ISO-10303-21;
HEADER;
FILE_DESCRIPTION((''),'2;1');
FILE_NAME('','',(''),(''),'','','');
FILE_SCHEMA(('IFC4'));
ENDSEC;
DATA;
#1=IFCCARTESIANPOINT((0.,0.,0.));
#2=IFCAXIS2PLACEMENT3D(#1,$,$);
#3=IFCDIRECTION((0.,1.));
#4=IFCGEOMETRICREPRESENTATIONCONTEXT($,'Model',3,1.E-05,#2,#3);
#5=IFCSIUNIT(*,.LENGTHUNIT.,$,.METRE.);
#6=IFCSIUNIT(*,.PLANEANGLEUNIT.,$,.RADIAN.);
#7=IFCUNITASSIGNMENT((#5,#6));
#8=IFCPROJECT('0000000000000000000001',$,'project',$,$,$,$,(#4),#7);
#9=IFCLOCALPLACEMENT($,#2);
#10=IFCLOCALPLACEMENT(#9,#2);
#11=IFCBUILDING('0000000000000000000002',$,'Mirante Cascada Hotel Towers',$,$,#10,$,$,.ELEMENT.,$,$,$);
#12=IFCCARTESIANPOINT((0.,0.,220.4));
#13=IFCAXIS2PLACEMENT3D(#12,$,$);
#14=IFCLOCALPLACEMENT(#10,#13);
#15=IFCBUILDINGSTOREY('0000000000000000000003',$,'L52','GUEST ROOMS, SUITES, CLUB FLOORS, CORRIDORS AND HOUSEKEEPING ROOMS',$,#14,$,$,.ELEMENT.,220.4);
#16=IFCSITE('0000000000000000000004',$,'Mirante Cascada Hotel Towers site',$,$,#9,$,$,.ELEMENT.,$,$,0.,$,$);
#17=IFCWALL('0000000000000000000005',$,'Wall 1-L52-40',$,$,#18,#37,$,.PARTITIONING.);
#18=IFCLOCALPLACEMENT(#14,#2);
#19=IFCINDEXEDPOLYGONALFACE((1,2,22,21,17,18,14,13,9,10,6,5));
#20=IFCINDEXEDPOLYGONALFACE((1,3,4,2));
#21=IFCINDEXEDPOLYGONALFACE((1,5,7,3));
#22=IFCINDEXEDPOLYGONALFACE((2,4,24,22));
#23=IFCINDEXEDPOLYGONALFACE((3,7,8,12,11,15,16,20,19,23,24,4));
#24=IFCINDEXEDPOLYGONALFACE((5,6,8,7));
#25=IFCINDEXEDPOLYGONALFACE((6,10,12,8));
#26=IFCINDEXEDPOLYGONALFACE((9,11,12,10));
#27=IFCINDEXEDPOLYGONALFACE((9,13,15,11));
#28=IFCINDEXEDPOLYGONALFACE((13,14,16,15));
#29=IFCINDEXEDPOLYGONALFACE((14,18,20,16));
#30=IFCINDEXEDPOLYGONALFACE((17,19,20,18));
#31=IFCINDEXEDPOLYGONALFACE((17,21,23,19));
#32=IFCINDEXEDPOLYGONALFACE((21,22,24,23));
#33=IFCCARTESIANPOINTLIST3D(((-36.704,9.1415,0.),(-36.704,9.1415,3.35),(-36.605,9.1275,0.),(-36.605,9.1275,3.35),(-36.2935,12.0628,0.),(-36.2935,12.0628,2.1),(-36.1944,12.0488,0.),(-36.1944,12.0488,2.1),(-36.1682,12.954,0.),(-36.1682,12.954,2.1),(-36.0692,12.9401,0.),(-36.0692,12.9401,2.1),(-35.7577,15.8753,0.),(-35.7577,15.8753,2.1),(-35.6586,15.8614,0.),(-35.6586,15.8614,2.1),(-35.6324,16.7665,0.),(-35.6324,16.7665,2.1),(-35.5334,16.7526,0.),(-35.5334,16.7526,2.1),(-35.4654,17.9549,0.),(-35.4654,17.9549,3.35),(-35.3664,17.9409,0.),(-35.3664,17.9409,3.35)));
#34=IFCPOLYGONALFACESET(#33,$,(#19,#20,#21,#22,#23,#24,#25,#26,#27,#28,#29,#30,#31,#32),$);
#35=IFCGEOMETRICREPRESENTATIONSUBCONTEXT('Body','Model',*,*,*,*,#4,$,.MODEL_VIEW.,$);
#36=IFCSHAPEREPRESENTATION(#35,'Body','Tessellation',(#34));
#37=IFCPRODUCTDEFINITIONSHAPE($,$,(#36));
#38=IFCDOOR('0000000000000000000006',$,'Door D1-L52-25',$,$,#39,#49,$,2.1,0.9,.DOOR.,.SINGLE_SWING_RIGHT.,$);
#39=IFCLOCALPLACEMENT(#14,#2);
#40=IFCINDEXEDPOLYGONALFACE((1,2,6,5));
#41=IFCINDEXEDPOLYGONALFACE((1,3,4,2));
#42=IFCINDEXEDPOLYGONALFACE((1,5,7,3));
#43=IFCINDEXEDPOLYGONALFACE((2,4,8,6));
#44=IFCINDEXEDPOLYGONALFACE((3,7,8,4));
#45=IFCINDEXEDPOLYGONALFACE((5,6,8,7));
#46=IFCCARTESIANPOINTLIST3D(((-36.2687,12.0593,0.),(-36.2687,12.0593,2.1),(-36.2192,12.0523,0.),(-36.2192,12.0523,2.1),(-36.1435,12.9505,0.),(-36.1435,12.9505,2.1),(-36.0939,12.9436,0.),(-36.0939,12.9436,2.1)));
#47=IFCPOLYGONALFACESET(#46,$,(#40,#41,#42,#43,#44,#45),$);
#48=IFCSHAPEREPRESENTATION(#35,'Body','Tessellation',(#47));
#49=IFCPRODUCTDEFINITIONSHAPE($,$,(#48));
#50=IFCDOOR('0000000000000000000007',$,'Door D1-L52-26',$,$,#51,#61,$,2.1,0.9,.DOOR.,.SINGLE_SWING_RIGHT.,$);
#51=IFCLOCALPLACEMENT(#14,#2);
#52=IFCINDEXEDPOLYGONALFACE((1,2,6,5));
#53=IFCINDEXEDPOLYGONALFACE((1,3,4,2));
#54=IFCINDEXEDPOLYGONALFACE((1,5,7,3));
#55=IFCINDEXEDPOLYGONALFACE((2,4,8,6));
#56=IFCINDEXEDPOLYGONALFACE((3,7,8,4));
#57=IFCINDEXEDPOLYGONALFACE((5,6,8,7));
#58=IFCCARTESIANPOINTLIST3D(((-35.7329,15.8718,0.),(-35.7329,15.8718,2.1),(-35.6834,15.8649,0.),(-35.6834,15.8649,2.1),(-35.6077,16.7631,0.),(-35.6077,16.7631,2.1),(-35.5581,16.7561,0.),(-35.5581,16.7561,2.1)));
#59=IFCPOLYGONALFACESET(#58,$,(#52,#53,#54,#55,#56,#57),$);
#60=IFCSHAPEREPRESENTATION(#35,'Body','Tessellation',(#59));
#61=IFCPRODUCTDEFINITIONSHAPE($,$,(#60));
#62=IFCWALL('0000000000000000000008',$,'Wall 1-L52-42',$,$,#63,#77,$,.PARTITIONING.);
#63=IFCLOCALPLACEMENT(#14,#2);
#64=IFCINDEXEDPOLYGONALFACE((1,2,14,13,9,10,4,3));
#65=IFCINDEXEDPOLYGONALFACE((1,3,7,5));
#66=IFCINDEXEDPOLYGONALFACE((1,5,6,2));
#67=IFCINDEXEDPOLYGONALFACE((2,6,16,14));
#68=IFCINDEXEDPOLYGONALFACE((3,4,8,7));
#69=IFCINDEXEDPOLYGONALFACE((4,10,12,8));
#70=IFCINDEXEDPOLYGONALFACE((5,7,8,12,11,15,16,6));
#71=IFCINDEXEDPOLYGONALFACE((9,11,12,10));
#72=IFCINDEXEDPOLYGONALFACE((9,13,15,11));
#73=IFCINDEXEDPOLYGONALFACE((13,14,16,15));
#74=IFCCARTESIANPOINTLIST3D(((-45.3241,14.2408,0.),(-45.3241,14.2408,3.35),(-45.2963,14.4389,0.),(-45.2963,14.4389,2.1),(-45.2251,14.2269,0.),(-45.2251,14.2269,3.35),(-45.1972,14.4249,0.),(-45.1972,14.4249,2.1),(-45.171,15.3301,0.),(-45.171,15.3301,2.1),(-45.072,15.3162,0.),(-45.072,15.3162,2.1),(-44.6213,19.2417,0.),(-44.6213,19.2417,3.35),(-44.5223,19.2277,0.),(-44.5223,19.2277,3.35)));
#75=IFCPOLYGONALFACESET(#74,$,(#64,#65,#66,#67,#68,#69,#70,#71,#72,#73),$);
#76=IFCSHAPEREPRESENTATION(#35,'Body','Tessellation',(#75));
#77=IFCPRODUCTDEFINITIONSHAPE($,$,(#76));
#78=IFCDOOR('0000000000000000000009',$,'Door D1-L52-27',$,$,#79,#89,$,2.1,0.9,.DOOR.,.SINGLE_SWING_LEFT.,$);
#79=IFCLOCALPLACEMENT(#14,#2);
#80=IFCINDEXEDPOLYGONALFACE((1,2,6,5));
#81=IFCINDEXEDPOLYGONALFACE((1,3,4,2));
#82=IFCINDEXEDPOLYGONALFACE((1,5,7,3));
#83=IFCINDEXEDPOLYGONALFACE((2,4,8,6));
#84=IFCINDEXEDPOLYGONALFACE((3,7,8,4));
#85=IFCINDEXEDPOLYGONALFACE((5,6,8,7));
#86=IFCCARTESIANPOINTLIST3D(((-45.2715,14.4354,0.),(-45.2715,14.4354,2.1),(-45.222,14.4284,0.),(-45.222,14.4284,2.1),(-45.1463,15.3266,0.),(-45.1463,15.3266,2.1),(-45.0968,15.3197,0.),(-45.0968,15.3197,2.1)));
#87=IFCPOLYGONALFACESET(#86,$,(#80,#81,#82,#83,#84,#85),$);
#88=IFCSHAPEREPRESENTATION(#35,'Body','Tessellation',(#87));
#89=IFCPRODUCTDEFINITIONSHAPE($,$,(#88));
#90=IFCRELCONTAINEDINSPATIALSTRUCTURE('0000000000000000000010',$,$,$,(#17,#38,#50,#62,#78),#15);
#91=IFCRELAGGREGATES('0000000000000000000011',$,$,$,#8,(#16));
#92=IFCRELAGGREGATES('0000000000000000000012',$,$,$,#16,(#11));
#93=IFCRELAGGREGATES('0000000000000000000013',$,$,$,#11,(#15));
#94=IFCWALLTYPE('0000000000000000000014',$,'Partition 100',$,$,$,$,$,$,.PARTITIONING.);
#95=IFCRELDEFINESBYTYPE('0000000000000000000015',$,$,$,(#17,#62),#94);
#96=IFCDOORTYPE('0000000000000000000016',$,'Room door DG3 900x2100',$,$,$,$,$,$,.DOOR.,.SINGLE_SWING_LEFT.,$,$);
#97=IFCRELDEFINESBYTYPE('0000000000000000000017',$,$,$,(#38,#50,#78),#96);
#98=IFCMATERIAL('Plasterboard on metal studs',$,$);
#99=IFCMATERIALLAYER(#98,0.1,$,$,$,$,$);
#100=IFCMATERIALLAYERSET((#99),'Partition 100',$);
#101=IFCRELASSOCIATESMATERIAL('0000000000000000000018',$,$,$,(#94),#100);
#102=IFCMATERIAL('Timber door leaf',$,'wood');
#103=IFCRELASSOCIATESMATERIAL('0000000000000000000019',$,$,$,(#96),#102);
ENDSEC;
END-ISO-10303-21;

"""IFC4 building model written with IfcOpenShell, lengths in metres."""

from ifc_helpers import new_model, si_unit, direction, frame, frame_2d, origin, place, context, subcontext, project, spatial, rectangle, extrude, material, layer, layer_set, type_object, element, fill, save


model = new_model("IFC4")

# Units and contexts
model_context = context("Model", 3, precision=1e-05, world=origin(), true_north=direction((0.0, 1.0)))
body_context = subcontext(model_context, "Body", "Model", "MODEL_VIEW")
ifc_project = project(units=[si_unit("LENGTHUNIT", "METRE"), si_unit("PLANEANGLEUNIT", "RADIAN")], contexts=[model_context])

# Site, building, storey
site_placement = place(None, origin())
site = spatial("IfcSite", under=ifc_project, at=site_placement, Name="Mirante Cascada Hotel Towers site", CompositionType="ELEMENT", RefElevation=0.0)
building_placement = place(site_placement, origin())
building = spatial("IfcBuilding", under=site, at=building_placement, Name="Mirante Cascada Hotel Towers", CompositionType="ELEMENT")
storey_placement = place(building_placement, frame((0.0, 0.0, 220.4)))
storey = spatial("IfcBuildingStorey", under=building, at=storey_placement, Name="L52", Description="GUEST ROOMS, SUITES, CLUB FLOORS, CORRIDORS AND HOUSEKEEPING ROOMS", CompositionType="ELEMENT", Elevation=220.4)

# Shared definitions
ifc_material_1 = material(Name="Plasterboard on metal studs")
ifc_layer_1 = layer(ifc_material_1, 0.1)
ifc_layer_set_1 = layer_set([ifc_layer_1], Name="Partition 100")
wall_type = type_object("IfcWallType", Name="Partition 100", PredefinedType="PARTITIONING", material=ifc_layer_set_1)

# Wall, openings, doors
wall_1_placement = place(storey_placement, frame((-35.4159, 17.9479, 0.0), z_axis=(0.0, 0.0, 1.0), x_axis=(-0.139168, -0.990269, 0.0)))
wall_1 = element("IfcWall", 1, at=wall_1_placement, inside=storey, type_object=wall_type, Name="Wall 1-L52-40", PredefinedType="PARTITIONING", context=body_context, shape_type="SweptSolid", body=[
    extrude(rectangle(XDim=8.9, YDim=0.1, at=frame_2d((4.45, 0.0))), origin(), (0.0, 0.0, 1.0), 3.35),
])
opening_1_placement = place(wall_1_placement, frame((5.05, 0.0, 0.0)))
opening_1 = element("IfcOpeningElement", 2, at=opening_1_placement, cuts=wall_1, PredefinedType="OPENING", context=body_context, shape_type="SweptSolid", body=[
    extrude(rectangle(XDim=0.9, YDim=2.1, at=frame_2d((0.45, 1.05))), frame((0.0, 0.05, 0.0), z_axis=(0.0, -1.0, 0.0), x_axis=(1.0, 0.0, 0.0)), (0.0, 0.0, 1.0), 0.1),
])
opening_2_placement = place(wall_1_placement, frame((1.2, 0.0, 0.0)))
opening_2 = element("IfcOpeningElement", 3, at=opening_2_placement, cuts=wall_1, PredefinedType="OPENING", context=body_context, shape_type="SweptSolid", body=[
    extrude(rectangle(XDim=0.9, YDim=2.1, at=frame_2d((0.45, 1.05))), frame((0.0, 0.05, 0.0), z_axis=(0.0, -1.0, 0.0), x_axis=(1.0, 0.0, 0.0)), (0.0, 0.0, 1.0), 0.1),
])
ifc_material_2 = material(Name="Timber door leaf", Category="wood")
door_type = type_object("IfcDoorType", Name="Room door DG3 900x2100", OperationType="SINGLE_SWING_LEFT", PredefinedType="DOOR", material=ifc_material_2)
door_1_placement = place(opening_1_placement, frame((0.9, 0.0, 0.0), z_axis=(0.0, 0.0, 1.0), x_axis=(-1.0, 0.0, 0.0)))
door_1 = element("IfcDoor", 4, at=door_1_placement, inside=storey, type_object=door_type, Name="Door D1-L52-25", OperationType="SINGLE_SWING_RIGHT", OverallHeight=2.1, OverallWidth=0.9, PredefinedType="DOOR", context=body_context, shape_type="SweptSolid", body=[
    extrude(rectangle(XDim=0.9, YDim=2.1, at=frame_2d((0.45, 1.05))), frame((0.0, 0.025, 0.0), z_axis=(0.0, -1.0, 0.0), x_axis=(1.0, 0.0, 0.0)), (0.0, 0.0, 1.0), 0.05),
])
fill(opening_1, door_1)
door_2_placement = place(opening_2_placement, frame((0.9, 0.0, 0.0), z_axis=(0.0, 0.0, 1.0), x_axis=(-1.0, 0.0, 0.0)))
door_2 = element("IfcDoor", 5, at=door_2_placement, inside=storey, type_object=door_type, Name="Door D1-L52-26", OperationType="SINGLE_SWING_RIGHT", OverallHeight=2.1, OverallWidth=0.9, PredefinedType="DOOR", context=body_context, shape_type="SweptSolid", body=[
    extrude(rectangle(XDim=0.9, YDim=2.1, at=frame_2d((0.45, 1.05))), frame((0.0, 0.025, 0.0), z_axis=(0.0, -1.0, 0.0), x_axis=(1.0, 0.0, 0.0)), (0.0, 0.0, 1.0), 0.05),
])
fill(opening_2, door_2)

# Wall, opening, door
wall_2_placement = place(storey_placement, frame((-44.5718, 19.2347, 0.0), z_axis=(0.0, 0.0, 1.0), x_axis=(-0.139167, -0.990269, 0.0)))
wall_2 = element("IfcWall", 6, at=wall_2_placement, inside=storey, type_object=wall_type, Name="Wall 1-L52-42", PredefinedType="PARTITIONING", context=body_context, shape_type="SweptSolid", body=[
    extrude(rectangle(XDim=5.05, YDim=0.1, at=frame_2d((2.525, 0.0))), origin(), (0.0, 0.0, 1.0), 3.35),
])
opening_3_placement = place(wall_2_placement, frame((3.95, 0.0, 0.0)))
opening_3 = element("IfcOpeningElement", 7, at=opening_3_placement, cuts=wall_2, PredefinedType="OPENING", context=body_context, shape_type="SweptSolid", body=[
    extrude(rectangle(XDim=0.9, YDim=2.1, at=frame_2d((0.45, 1.05))), frame((0.0, 0.05, 0.0), z_axis=(0.0, -1.0, 0.0), x_axis=(1.0, 0.0, 0.0)), (0.0, 0.0, 1.0), 0.1),
])
door_3_placement = place(opening_3_placement, origin())
door_3 = element("IfcDoor", 8, at=door_3_placement, inside=storey, type_object=door_type, Name="Door D1-L52-27", OperationType="SINGLE_SWING_LEFT", OverallHeight=2.1, OverallWidth=0.9, PredefinedType="DOOR", context=body_context, shape_type="SweptSolid", body=[
    extrude(rectangle(XDim=0.9, YDim=2.1, at=frame_2d((0.45, 1.05))), frame((0.0, 0.025, 0.0), z_axis=(0.0, -1.0, 0.0), x_axis=(1.0, 0.0, 0.0)), (0.0, 0.0, 1.0), 0.05),
])
fill(opening_3, door_3)

save(model, "model.ifc")
